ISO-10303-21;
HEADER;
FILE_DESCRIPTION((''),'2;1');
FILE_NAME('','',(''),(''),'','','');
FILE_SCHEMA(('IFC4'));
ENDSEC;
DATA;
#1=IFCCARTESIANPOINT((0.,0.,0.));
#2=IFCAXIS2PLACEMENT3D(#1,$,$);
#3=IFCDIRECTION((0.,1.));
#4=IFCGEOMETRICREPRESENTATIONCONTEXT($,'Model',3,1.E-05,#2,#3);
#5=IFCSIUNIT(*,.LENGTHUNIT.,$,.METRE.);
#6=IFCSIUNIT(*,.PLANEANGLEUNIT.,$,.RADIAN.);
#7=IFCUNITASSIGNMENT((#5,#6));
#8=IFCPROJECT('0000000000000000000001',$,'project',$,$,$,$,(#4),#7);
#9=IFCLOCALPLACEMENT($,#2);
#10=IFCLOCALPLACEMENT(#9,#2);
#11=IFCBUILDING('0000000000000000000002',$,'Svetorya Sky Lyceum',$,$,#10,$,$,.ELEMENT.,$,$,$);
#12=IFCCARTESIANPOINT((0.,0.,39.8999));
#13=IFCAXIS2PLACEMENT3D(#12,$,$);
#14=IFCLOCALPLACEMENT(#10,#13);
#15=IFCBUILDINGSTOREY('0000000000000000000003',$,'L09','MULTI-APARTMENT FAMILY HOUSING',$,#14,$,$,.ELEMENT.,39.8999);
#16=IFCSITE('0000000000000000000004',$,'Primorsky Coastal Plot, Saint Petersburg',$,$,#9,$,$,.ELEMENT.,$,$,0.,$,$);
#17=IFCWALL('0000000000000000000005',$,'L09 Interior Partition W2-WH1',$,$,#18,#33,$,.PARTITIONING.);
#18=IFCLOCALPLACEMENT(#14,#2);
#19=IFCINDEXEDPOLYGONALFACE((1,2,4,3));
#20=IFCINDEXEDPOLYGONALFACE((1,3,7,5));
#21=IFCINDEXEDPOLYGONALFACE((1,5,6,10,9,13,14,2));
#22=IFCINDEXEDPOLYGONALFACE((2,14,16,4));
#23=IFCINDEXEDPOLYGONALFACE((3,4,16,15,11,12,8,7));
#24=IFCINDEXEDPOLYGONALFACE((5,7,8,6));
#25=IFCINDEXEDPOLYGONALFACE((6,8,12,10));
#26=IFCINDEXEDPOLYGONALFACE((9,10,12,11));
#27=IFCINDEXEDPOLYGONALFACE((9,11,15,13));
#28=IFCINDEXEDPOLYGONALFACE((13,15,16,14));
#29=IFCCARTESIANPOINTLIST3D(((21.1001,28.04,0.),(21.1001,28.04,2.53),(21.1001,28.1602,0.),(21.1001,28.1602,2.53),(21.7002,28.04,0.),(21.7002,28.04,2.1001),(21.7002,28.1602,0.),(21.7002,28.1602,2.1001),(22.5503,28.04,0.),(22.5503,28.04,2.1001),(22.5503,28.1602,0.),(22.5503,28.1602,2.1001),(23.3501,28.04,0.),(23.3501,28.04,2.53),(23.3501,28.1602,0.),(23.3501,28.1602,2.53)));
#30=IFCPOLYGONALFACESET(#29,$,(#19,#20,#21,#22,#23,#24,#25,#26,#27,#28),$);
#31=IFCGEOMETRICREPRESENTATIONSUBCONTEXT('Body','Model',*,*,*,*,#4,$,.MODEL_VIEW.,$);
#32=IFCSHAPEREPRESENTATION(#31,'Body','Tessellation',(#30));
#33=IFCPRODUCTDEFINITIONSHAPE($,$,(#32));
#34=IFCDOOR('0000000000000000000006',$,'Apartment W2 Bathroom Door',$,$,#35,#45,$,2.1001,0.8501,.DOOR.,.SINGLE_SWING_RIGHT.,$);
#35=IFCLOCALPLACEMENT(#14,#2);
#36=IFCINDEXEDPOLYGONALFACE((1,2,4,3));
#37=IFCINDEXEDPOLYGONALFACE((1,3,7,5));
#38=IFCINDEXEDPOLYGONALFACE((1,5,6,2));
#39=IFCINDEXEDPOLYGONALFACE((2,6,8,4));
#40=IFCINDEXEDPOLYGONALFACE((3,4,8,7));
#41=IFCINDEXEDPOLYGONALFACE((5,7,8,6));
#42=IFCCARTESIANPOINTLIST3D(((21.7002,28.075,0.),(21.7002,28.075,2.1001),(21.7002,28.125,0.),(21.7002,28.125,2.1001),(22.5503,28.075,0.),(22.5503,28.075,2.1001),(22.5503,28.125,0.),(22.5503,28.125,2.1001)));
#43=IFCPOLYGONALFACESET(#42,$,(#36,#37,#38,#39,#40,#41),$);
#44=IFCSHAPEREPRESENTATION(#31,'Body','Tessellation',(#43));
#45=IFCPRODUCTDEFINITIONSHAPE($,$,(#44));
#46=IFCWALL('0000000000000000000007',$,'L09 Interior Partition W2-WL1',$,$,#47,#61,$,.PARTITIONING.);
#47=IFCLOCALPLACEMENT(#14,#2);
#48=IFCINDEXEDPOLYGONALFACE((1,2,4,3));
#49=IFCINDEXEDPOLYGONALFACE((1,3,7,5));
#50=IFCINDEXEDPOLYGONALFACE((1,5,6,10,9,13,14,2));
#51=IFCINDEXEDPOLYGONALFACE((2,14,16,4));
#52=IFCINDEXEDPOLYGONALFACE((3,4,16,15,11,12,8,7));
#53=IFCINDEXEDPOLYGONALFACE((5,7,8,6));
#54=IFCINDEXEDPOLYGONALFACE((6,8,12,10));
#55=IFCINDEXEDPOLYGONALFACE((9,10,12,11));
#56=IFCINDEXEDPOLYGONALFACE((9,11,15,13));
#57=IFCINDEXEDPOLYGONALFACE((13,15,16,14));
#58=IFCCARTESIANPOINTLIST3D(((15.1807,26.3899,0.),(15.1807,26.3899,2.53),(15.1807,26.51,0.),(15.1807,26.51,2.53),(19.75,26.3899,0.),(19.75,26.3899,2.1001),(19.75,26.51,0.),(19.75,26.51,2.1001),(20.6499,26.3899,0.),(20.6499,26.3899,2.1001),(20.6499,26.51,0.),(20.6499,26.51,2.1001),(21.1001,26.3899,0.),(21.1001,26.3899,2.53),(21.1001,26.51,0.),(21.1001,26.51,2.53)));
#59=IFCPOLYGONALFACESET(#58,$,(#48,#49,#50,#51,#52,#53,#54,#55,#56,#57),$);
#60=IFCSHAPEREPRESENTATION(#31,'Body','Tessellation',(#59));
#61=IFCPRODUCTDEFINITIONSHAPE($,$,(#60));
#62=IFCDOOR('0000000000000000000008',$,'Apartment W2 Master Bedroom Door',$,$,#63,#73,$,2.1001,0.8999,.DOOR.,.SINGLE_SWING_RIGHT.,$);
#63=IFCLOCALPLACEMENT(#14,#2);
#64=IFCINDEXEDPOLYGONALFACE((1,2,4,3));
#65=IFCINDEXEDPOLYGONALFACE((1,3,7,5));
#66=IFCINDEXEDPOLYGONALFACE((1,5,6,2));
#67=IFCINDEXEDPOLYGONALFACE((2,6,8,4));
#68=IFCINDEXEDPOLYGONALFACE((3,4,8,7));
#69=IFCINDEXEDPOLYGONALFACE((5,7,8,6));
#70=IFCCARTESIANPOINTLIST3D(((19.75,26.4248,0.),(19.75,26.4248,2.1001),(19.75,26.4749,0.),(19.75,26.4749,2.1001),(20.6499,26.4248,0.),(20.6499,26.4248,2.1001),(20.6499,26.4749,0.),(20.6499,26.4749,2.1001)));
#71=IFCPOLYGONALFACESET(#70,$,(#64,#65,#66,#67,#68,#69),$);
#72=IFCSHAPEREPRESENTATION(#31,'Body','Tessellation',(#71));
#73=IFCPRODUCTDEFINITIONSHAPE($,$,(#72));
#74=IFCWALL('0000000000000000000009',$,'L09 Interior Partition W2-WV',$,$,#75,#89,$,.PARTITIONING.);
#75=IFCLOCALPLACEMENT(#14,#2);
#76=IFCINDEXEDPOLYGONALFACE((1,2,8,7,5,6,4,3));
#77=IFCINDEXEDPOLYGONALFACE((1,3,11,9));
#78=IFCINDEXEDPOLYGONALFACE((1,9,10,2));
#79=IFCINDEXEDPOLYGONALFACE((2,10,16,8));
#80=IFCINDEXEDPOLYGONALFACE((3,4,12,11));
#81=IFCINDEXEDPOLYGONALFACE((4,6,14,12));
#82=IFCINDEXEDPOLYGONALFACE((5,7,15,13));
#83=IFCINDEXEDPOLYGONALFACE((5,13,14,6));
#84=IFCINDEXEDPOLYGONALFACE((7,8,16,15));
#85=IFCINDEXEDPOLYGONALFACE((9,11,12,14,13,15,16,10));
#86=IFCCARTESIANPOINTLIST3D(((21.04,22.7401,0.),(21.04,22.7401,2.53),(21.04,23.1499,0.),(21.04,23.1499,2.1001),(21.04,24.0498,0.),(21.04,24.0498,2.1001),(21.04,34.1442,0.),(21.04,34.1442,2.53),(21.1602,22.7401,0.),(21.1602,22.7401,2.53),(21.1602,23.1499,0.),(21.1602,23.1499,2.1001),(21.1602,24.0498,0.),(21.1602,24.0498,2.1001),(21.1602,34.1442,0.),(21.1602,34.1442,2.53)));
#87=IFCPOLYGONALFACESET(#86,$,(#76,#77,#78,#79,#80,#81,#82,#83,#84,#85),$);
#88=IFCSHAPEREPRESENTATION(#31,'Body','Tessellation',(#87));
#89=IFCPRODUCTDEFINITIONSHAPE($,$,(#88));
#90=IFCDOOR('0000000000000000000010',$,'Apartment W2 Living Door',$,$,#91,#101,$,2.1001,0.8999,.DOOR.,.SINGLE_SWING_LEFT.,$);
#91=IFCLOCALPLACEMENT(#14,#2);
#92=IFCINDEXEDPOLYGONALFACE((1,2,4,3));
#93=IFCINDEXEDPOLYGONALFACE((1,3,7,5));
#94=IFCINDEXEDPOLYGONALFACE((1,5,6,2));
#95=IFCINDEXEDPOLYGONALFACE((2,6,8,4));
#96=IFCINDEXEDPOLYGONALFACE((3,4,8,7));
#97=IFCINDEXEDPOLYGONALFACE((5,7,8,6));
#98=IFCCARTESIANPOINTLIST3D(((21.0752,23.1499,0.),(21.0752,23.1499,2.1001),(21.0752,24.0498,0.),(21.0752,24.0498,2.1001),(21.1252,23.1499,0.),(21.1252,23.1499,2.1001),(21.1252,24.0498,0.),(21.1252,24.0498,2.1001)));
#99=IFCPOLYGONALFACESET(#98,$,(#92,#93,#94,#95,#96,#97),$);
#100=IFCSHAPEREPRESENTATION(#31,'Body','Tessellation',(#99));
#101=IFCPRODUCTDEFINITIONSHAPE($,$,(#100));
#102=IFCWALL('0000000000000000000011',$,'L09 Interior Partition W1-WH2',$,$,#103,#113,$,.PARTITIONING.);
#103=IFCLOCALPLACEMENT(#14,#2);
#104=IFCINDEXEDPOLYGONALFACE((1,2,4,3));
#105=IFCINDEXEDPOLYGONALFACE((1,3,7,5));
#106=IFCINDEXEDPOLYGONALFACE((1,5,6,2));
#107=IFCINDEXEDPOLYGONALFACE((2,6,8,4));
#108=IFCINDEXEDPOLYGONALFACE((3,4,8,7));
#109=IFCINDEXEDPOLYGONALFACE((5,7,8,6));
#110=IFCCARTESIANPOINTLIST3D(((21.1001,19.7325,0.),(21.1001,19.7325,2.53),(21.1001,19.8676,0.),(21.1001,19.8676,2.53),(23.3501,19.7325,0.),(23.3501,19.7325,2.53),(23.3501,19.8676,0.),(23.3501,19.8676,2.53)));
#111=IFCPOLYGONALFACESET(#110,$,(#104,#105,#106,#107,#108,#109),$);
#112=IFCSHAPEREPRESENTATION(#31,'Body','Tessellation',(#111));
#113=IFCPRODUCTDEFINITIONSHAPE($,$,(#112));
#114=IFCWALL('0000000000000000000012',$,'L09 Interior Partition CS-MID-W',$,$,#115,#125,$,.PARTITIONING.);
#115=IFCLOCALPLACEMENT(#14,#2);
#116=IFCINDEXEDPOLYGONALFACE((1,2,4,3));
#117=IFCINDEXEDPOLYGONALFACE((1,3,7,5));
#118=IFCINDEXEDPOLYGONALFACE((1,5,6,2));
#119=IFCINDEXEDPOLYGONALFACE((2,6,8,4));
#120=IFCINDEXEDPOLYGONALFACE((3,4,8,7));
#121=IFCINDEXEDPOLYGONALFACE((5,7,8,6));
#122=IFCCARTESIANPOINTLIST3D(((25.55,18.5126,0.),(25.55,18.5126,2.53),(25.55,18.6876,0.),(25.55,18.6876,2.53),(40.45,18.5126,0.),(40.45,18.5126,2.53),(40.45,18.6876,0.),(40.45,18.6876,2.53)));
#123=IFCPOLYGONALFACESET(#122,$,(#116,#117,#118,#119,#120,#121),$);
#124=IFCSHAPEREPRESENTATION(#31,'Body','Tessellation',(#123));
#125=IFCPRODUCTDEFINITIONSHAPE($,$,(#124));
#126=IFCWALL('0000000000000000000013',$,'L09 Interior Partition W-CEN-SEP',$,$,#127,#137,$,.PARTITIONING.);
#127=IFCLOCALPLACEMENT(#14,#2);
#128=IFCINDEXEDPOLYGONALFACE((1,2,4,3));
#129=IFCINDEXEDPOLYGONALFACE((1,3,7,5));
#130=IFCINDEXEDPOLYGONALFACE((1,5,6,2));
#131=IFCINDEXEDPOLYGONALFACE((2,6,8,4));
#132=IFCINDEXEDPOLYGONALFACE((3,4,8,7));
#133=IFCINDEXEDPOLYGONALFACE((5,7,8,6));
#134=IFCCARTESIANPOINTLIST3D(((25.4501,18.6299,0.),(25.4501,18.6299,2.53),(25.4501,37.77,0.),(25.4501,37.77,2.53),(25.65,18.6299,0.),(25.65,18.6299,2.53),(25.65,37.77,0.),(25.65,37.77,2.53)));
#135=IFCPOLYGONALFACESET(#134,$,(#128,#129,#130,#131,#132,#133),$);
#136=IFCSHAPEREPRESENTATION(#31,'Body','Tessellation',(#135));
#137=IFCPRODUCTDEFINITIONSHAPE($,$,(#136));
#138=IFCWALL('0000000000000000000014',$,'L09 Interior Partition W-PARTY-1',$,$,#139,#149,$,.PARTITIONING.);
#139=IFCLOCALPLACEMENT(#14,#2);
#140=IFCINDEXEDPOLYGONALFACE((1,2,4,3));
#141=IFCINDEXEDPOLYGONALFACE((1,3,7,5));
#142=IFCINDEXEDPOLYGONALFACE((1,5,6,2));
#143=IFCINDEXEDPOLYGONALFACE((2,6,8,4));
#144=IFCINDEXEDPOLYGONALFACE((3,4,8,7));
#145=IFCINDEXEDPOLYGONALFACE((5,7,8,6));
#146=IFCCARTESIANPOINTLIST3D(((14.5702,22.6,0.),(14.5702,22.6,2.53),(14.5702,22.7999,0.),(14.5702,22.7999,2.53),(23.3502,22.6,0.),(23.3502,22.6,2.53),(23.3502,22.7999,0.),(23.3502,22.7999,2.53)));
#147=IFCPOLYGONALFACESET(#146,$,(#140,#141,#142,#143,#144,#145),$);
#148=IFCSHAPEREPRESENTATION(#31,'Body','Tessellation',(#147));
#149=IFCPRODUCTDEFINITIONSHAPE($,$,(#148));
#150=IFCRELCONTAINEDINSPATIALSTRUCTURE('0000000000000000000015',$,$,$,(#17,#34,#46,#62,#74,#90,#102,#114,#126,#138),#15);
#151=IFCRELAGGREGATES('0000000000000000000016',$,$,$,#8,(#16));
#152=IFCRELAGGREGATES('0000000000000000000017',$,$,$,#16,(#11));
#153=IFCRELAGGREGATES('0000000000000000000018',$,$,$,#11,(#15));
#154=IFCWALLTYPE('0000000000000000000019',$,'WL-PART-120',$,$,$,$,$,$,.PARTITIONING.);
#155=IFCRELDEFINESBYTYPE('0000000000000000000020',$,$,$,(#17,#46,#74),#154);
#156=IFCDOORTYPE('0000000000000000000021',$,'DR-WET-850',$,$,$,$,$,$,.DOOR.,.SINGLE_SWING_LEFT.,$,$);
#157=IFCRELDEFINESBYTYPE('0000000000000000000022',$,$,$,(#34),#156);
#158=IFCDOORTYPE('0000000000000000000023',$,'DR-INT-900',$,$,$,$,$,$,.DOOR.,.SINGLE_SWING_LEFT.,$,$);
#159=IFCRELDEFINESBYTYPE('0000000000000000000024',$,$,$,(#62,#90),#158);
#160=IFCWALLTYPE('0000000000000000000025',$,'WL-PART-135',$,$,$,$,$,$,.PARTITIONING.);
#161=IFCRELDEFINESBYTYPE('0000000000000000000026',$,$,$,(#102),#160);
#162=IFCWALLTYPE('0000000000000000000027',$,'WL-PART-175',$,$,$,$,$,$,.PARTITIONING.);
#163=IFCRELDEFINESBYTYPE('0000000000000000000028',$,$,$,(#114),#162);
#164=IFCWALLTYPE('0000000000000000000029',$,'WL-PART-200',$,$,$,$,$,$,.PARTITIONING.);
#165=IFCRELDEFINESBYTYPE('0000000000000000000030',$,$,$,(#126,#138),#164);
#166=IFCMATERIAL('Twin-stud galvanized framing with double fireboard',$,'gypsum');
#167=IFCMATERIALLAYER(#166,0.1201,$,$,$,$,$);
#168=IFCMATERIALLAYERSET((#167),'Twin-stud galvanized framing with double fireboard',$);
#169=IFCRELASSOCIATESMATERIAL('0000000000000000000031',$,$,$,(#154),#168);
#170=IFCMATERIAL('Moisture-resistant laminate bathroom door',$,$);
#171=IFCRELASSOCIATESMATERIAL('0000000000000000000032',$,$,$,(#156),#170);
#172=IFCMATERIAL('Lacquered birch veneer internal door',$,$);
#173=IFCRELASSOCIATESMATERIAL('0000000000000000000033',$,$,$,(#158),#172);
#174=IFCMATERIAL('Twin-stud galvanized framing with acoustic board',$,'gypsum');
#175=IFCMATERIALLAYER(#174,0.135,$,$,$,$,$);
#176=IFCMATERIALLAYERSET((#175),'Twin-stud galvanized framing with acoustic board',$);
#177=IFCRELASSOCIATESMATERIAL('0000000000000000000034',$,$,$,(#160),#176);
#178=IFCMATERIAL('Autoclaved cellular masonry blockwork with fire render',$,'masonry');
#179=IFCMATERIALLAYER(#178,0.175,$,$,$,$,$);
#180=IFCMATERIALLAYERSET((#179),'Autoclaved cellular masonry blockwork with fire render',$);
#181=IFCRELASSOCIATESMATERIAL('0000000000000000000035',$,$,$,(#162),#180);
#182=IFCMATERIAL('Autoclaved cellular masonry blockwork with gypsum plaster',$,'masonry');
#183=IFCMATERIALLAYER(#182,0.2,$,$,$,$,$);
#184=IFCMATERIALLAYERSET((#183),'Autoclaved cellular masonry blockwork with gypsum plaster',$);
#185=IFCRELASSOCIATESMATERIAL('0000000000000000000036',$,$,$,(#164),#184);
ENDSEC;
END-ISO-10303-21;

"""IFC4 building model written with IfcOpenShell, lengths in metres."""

from ifc_helpers import new_model, si_unit, direction, frame, frame_2d, origin, place, context, subcontext, project, spatial, rectangle, extrude, material, layer, layer_set, type_object, element, fill, save


model = new_model("IFC4")

# Units and contexts
model_context = context("Model", 3, precision=1e-05, world=origin(), true_north=direction((0.0, 1.0)))
body_context = subcontext(model_context, "Body", "Model", "MODEL_VIEW")
ifc_project = project(units=[si_unit("LENGTHUNIT", "METRE"), si_unit("PLANEANGLEUNIT", "RADIAN")], contexts=[model_context])

# Site, building, storey
site_placement = place(None, origin())
site = spatial("IfcSite", under=ifc_project, at=site_placement, Name="Primorsky Coastal Plot, Saint Petersburg", CompositionType="ELEMENT", RefElevation=0.0)
building_placement = place(site_placement, origin())
building = spatial("IfcBuilding", under=site, at=building_placement, Name="Svetorya Sky Lyceum", CompositionType="ELEMENT")
storey_placement = place(building_placement, frame((0.0, 0.0, 39.8999)))
storey = spatial("IfcBuildingStorey", under=building, at=storey_placement, Name="L09", Description="MULTI-APARTMENT FAMILY HOUSING", CompositionType="ELEMENT", Elevation=39.8999)

# Walls, openings, doors
ifc_material_1 = material(Name="Twin-stud galvanized framing with double fireboard", Category="gypsum")
ifc_layer_1 = layer(ifc_material_1, 0.1201)
ifc_layer_set_1 = layer_set([ifc_layer_1], Name="Twin-stud galvanized framing with double fireboard")
wall_type_1 = type_object("IfcWallType", Name="WL-PART-120", PredefinedType="PARTITIONING", material=ifc_layer_set_1)
ifc_material_2 = material(Name="Moisture-resistant laminate bathroom door")
door_type_1 = type_object("IfcDoorType", Name="DR-WET-850", OperationType="SINGLE_SWING_LEFT", PredefinedType="DOOR", material=ifc_material_2)
ifc_material_3 = material(Name="Lacquered birch veneer internal door")
door_type_2 = type_object("IfcDoorType", Name="DR-INT-900", OperationType="SINGLE_SWING_LEFT", PredefinedType="DOOR", material=ifc_material_3)
wall_1_placement = place(storey_placement, frame((21.1001, 28.1001, 0.0), z_axis=(0.0, 0.0, 1.0), x_axis=(1.0, 0.0, 0.0)))
wall_1 = element("IfcWall", 1, at=wall_1_placement, inside=storey, type_object=wall_type_1, Name="L09 Interior Partition W2-WH1", PredefinedType="PARTITIONING", context=body_context, shape_type="SweptSolid", body=[
    extrude(rectangle(XDim=2.25, YDim=0.1201, at=frame_2d((1.125, 0.0))), origin(), (0.0, 0.0, 1.0), 2.53),
])
opening_1_placement = place(wall_1_placement, frame((0.6001, 0.0, 0.0)))
opening_1 = element("IfcOpeningElement", 2, at=opening_1_placement, cuts=wall_1, PredefinedType="OPENING", context=body_context, shape_type="SweptSolid", body=[
    extrude(rectangle(XDim=0.8501, YDim=2.1001, at=frame_2d((0.425, 1.05))), frame((0.0, 0.0701, 0.0), z_axis=(0.0, -1.0, 0.0), x_axis=(1.0, 0.0, 0.0)), (0.0, 0.0, 1.0), 0.1401),
])
door_1_placement = place(opening_1_placement, origin())
door_1 = element("IfcDoor", 3, at=door_1_placement, inside=storey, type_object=door_type_1, Name="Apartment W2 Bathroom Door", OperationType="SINGLE_SWING_RIGHT", OverallHeight=2.1001, OverallWidth=0.8501, PredefinedType="DOOR", context=body_context, shape_type="SweptSolid", body=[
    extrude(rectangle(XDim=0.8501, YDim=2.1001, at=frame_2d((0.425, 1.05))), frame((0.0, 0.0249, 0.0), z_axis=(0.0, -1.0, 0.0), x_axis=(1.0, 0.0, 0.0)), (0.0, 0.0, 1.0), 0.05),
])
fill(opening_1, door_1)
wall_2_placement = place(storey_placement, frame((15.1807, 26.45, 0.0), z_axis=(0.0, 0.0, 1.0), x_axis=(1.0, 0.0, 0.0)))
wall_2 = element("IfcWall", 4, at=wall_2_placement, inside=storey, type_object=wall_type_1, Name="L09 Interior Partition W2-WL1", PredefinedType="PARTITIONING", context=body_context, shape_type="SweptSolid", body=[
    extrude(rectangle(XDim=5.9194, YDim=0.1201, at=frame_2d((2.9597, 0.0))), origin(), (0.0, 0.0, 1.0), 2.53),
])
opening_2_placement = place(wall_2_placement, frame((4.5693, 0.0, 0.0)))
opening_2 = element("IfcOpeningElement", 5, at=opening_2_placement, cuts=wall_2, PredefinedType="OPENING", context=body_context, shape_type="SweptSolid", body=[
    extrude(rectangle(XDim=0.8999, YDim=2.1001, at=frame_2d((0.45, 1.05))), frame((0.0, 0.0701, 0.0), z_axis=(0.0, -1.0, 0.0), x_axis=(1.0, 0.0, 0.0)), (0.0, 0.0, 1.0), 0.1401),
])
door_2_placement = place(opening_2_placement, origin())
door_2 = element("IfcDoor", 6, at=door_2_placement, inside=storey, type_object=door_type_2, Name="Apartment W2 Master Bedroom Door", OperationType="SINGLE_SWING_RIGHT", OverallHeight=2.1001, OverallWidth=0.8999, PredefinedType="DOOR", context=body_context, shape_type="SweptSolid", body=[
    extrude(rectangle(XDim=0.8999, YDim=2.1001, at=frame_2d((0.45, 1.05))), frame((0.0, 0.0249, 0.0), z_axis=(0.0, -1.0, 0.0), x_axis=(1.0, 0.0, 0.0)), (0.0, 0.0, 1.0), 0.05),
])
fill(opening_2, door_2)
wall_3_placement = place(storey_placement, frame((21.1001, 22.74, 0.0), z_axis=(0.0, 0.0, 1.0), x_axis=(0.0, 1.0, 0.0)))
wall_3 = element("IfcWall", 7, at=wall_3_placement, inside=storey, type_object=wall_type_1, Name="L09 Interior Partition W2-WV", PredefinedType="PARTITIONING", context=body_context, shape_type="SweptSolid", body=[
    extrude(rectangle(XDim=11.4041, YDim=0.1201, at=frame_2d((5.7021, 0.0))), origin(), (0.0, 0.0, 1.0), 2.53),
])
opening_3_placement = place(wall_3_placement, frame((0.4099, 0.0, 0.0)))
opening_3 = element("IfcOpeningElement", 8, at=opening_3_placement, cuts=wall_3, PredefinedType="OPENING", context=body_context, shape_type="SweptSolid", body=[
    extrude(rectangle(XDim=0.8999, YDim=2.1001, at=frame_2d((0.45, 1.05))), frame((0.0, 0.0701, 0.0), z_axis=(0.0, -1.0, 0.0), x_axis=(1.0, 0.0, 0.0)), (0.0, 0.0, 1.0), 0.1401),
])
door_3_placement = place(opening_3_placement, origin())
door_3 = element("IfcDoor", 9, at=door_3_placement, inside=storey, type_object=door_type_2, Name="Apartment W2 Living Door", OperationType="SINGLE_SWING_LEFT", OverallHeight=2.1001, OverallWidth=0.8999, PredefinedType="DOOR", context=body_context, shape_type="SweptSolid", body=[
    extrude(rectangle(XDim=0.8999, YDim=2.1001, at=frame_2d((0.45, 1.05))), frame((0.0, 0.0249, 0.0), z_axis=(0.0, -1.0, 0.0), x_axis=(1.0, 0.0, 0.0)), (0.0, 0.0, 1.0), 0.05),
])
fill(opening_3, door_3)

# Walls
ifc_material_4 = material(Name="Twin-stud galvanized framing with acoustic board", Category="gypsum")
ifc_layer_2 = layer(ifc_material_4, 0.135)
ifc_layer_set_2 = layer_set([ifc_layer_2], Name="Twin-stud galvanized framing with acoustic board")
wall_type_2 = type_object("IfcWallType", Name="WL-PART-135", PredefinedType="PARTITIONING", material=ifc_layer_set_2)
wall_4_placement = place(storey_placement, frame((21.1001, 19.8, 0.0), z_axis=(0.0, 0.0, 1.0), x_axis=(1.0, 0.0, 0.0)))
element("IfcWall", 10, at=wall_4_placement, inside=storey, type_object=wall_type_2, Name="L09 Interior Partition W1-WH2", PredefinedType="PARTITIONING", context=body_context, shape_type="SweptSolid", body=[
    extrude(rectangle(XDim=2.25, YDim=0.135, at=frame_2d((1.125, 0.0))), origin(), (0.0, 0.0, 1.0), 2.53),
])
ifc_material_5 = material(Name="Autoclaved cellular masonry blockwork with fire render", Category="masonry")
ifc_layer_3 = layer(ifc_material_5, 0.175)
ifc_layer_set_3 = layer_set([ifc_layer_3], Name="Autoclaved cellular masonry blockwork with fire render")
wall_type_3 = type_object("IfcWallType", Name="WL-PART-175", PredefinedType="PARTITIONING", material=ifc_layer_set_3)
wall_5_placement = place(storey_placement, frame((25.55, 18.6001, 0.0), z_axis=(0.0, 0.0, 1.0), x_axis=(1.0, 0.0, 0.0)))
element("IfcWall", 11, at=wall_5_placement, inside=storey, type_object=wall_type_3, Name="L09 Interior Partition CS-MID-W", PredefinedType="PARTITIONING", context=body_context, shape_type="SweptSolid", body=[
    extrude(rectangle(XDim=14.8999, YDim=0.175, at=frame_2d((7.45, 0.0))), origin(), (0.0, 0.0, 1.0), 2.53),
])
ifc_material_6 = material(Name="Autoclaved cellular masonry blockwork with gypsum plaster", Category="masonry")
ifc_layer_4 = layer(ifc_material_6, 0.2)
ifc_layer_set_4 = layer_set([ifc_layer_4], Name="Autoclaved cellular masonry blockwork with gypsum plaster")
wall_type_4 = type_object("IfcWallType", Name="WL-PART-200", PredefinedType="PARTITIONING", material=ifc_layer_set_4)
wall_6_placement = place(storey_placement, frame((25.55, 18.6299, 0.0), z_axis=(0.0, 0.0, 1.0), x_axis=(0.0, 1.0, 0.0)))
element("IfcWall", 12, at=wall_6_placement, inside=storey, type_object=wall_type_4, Name="L09 Interior Partition W-CEN-SEP", PredefinedType="PARTITIONING", context=body_context, shape_type="SweptSolid", body=[
    extrude(rectangle(XDim=19.1401, YDim=0.2, at=frame_2d((9.5701, 0.0))), origin(), (0.0, 0.0, 1.0), 2.53),
])
wall_7_placement = place(storey_placement, frame((14.5701, 22.7, 0.0), z_axis=(0.0, 0.0, 1.0), x_axis=(1.0, 0.0, 0.0)))
element("IfcWall", 13, at=wall_7_placement, inside=storey, type_object=wall_type_4, Name="L09 Interior Partition W-PARTY-1", PredefinedType="PARTITIONING", context=body_context, shape_type="SweptSolid", body=[
    extrude(rectangle(XDim=8.78, YDim=0.2, at=frame_2d((4.3901, 0.0))), origin(), (0.0, 0.0, 1.0), 2.53),
])

save(model, "model.ifc")
